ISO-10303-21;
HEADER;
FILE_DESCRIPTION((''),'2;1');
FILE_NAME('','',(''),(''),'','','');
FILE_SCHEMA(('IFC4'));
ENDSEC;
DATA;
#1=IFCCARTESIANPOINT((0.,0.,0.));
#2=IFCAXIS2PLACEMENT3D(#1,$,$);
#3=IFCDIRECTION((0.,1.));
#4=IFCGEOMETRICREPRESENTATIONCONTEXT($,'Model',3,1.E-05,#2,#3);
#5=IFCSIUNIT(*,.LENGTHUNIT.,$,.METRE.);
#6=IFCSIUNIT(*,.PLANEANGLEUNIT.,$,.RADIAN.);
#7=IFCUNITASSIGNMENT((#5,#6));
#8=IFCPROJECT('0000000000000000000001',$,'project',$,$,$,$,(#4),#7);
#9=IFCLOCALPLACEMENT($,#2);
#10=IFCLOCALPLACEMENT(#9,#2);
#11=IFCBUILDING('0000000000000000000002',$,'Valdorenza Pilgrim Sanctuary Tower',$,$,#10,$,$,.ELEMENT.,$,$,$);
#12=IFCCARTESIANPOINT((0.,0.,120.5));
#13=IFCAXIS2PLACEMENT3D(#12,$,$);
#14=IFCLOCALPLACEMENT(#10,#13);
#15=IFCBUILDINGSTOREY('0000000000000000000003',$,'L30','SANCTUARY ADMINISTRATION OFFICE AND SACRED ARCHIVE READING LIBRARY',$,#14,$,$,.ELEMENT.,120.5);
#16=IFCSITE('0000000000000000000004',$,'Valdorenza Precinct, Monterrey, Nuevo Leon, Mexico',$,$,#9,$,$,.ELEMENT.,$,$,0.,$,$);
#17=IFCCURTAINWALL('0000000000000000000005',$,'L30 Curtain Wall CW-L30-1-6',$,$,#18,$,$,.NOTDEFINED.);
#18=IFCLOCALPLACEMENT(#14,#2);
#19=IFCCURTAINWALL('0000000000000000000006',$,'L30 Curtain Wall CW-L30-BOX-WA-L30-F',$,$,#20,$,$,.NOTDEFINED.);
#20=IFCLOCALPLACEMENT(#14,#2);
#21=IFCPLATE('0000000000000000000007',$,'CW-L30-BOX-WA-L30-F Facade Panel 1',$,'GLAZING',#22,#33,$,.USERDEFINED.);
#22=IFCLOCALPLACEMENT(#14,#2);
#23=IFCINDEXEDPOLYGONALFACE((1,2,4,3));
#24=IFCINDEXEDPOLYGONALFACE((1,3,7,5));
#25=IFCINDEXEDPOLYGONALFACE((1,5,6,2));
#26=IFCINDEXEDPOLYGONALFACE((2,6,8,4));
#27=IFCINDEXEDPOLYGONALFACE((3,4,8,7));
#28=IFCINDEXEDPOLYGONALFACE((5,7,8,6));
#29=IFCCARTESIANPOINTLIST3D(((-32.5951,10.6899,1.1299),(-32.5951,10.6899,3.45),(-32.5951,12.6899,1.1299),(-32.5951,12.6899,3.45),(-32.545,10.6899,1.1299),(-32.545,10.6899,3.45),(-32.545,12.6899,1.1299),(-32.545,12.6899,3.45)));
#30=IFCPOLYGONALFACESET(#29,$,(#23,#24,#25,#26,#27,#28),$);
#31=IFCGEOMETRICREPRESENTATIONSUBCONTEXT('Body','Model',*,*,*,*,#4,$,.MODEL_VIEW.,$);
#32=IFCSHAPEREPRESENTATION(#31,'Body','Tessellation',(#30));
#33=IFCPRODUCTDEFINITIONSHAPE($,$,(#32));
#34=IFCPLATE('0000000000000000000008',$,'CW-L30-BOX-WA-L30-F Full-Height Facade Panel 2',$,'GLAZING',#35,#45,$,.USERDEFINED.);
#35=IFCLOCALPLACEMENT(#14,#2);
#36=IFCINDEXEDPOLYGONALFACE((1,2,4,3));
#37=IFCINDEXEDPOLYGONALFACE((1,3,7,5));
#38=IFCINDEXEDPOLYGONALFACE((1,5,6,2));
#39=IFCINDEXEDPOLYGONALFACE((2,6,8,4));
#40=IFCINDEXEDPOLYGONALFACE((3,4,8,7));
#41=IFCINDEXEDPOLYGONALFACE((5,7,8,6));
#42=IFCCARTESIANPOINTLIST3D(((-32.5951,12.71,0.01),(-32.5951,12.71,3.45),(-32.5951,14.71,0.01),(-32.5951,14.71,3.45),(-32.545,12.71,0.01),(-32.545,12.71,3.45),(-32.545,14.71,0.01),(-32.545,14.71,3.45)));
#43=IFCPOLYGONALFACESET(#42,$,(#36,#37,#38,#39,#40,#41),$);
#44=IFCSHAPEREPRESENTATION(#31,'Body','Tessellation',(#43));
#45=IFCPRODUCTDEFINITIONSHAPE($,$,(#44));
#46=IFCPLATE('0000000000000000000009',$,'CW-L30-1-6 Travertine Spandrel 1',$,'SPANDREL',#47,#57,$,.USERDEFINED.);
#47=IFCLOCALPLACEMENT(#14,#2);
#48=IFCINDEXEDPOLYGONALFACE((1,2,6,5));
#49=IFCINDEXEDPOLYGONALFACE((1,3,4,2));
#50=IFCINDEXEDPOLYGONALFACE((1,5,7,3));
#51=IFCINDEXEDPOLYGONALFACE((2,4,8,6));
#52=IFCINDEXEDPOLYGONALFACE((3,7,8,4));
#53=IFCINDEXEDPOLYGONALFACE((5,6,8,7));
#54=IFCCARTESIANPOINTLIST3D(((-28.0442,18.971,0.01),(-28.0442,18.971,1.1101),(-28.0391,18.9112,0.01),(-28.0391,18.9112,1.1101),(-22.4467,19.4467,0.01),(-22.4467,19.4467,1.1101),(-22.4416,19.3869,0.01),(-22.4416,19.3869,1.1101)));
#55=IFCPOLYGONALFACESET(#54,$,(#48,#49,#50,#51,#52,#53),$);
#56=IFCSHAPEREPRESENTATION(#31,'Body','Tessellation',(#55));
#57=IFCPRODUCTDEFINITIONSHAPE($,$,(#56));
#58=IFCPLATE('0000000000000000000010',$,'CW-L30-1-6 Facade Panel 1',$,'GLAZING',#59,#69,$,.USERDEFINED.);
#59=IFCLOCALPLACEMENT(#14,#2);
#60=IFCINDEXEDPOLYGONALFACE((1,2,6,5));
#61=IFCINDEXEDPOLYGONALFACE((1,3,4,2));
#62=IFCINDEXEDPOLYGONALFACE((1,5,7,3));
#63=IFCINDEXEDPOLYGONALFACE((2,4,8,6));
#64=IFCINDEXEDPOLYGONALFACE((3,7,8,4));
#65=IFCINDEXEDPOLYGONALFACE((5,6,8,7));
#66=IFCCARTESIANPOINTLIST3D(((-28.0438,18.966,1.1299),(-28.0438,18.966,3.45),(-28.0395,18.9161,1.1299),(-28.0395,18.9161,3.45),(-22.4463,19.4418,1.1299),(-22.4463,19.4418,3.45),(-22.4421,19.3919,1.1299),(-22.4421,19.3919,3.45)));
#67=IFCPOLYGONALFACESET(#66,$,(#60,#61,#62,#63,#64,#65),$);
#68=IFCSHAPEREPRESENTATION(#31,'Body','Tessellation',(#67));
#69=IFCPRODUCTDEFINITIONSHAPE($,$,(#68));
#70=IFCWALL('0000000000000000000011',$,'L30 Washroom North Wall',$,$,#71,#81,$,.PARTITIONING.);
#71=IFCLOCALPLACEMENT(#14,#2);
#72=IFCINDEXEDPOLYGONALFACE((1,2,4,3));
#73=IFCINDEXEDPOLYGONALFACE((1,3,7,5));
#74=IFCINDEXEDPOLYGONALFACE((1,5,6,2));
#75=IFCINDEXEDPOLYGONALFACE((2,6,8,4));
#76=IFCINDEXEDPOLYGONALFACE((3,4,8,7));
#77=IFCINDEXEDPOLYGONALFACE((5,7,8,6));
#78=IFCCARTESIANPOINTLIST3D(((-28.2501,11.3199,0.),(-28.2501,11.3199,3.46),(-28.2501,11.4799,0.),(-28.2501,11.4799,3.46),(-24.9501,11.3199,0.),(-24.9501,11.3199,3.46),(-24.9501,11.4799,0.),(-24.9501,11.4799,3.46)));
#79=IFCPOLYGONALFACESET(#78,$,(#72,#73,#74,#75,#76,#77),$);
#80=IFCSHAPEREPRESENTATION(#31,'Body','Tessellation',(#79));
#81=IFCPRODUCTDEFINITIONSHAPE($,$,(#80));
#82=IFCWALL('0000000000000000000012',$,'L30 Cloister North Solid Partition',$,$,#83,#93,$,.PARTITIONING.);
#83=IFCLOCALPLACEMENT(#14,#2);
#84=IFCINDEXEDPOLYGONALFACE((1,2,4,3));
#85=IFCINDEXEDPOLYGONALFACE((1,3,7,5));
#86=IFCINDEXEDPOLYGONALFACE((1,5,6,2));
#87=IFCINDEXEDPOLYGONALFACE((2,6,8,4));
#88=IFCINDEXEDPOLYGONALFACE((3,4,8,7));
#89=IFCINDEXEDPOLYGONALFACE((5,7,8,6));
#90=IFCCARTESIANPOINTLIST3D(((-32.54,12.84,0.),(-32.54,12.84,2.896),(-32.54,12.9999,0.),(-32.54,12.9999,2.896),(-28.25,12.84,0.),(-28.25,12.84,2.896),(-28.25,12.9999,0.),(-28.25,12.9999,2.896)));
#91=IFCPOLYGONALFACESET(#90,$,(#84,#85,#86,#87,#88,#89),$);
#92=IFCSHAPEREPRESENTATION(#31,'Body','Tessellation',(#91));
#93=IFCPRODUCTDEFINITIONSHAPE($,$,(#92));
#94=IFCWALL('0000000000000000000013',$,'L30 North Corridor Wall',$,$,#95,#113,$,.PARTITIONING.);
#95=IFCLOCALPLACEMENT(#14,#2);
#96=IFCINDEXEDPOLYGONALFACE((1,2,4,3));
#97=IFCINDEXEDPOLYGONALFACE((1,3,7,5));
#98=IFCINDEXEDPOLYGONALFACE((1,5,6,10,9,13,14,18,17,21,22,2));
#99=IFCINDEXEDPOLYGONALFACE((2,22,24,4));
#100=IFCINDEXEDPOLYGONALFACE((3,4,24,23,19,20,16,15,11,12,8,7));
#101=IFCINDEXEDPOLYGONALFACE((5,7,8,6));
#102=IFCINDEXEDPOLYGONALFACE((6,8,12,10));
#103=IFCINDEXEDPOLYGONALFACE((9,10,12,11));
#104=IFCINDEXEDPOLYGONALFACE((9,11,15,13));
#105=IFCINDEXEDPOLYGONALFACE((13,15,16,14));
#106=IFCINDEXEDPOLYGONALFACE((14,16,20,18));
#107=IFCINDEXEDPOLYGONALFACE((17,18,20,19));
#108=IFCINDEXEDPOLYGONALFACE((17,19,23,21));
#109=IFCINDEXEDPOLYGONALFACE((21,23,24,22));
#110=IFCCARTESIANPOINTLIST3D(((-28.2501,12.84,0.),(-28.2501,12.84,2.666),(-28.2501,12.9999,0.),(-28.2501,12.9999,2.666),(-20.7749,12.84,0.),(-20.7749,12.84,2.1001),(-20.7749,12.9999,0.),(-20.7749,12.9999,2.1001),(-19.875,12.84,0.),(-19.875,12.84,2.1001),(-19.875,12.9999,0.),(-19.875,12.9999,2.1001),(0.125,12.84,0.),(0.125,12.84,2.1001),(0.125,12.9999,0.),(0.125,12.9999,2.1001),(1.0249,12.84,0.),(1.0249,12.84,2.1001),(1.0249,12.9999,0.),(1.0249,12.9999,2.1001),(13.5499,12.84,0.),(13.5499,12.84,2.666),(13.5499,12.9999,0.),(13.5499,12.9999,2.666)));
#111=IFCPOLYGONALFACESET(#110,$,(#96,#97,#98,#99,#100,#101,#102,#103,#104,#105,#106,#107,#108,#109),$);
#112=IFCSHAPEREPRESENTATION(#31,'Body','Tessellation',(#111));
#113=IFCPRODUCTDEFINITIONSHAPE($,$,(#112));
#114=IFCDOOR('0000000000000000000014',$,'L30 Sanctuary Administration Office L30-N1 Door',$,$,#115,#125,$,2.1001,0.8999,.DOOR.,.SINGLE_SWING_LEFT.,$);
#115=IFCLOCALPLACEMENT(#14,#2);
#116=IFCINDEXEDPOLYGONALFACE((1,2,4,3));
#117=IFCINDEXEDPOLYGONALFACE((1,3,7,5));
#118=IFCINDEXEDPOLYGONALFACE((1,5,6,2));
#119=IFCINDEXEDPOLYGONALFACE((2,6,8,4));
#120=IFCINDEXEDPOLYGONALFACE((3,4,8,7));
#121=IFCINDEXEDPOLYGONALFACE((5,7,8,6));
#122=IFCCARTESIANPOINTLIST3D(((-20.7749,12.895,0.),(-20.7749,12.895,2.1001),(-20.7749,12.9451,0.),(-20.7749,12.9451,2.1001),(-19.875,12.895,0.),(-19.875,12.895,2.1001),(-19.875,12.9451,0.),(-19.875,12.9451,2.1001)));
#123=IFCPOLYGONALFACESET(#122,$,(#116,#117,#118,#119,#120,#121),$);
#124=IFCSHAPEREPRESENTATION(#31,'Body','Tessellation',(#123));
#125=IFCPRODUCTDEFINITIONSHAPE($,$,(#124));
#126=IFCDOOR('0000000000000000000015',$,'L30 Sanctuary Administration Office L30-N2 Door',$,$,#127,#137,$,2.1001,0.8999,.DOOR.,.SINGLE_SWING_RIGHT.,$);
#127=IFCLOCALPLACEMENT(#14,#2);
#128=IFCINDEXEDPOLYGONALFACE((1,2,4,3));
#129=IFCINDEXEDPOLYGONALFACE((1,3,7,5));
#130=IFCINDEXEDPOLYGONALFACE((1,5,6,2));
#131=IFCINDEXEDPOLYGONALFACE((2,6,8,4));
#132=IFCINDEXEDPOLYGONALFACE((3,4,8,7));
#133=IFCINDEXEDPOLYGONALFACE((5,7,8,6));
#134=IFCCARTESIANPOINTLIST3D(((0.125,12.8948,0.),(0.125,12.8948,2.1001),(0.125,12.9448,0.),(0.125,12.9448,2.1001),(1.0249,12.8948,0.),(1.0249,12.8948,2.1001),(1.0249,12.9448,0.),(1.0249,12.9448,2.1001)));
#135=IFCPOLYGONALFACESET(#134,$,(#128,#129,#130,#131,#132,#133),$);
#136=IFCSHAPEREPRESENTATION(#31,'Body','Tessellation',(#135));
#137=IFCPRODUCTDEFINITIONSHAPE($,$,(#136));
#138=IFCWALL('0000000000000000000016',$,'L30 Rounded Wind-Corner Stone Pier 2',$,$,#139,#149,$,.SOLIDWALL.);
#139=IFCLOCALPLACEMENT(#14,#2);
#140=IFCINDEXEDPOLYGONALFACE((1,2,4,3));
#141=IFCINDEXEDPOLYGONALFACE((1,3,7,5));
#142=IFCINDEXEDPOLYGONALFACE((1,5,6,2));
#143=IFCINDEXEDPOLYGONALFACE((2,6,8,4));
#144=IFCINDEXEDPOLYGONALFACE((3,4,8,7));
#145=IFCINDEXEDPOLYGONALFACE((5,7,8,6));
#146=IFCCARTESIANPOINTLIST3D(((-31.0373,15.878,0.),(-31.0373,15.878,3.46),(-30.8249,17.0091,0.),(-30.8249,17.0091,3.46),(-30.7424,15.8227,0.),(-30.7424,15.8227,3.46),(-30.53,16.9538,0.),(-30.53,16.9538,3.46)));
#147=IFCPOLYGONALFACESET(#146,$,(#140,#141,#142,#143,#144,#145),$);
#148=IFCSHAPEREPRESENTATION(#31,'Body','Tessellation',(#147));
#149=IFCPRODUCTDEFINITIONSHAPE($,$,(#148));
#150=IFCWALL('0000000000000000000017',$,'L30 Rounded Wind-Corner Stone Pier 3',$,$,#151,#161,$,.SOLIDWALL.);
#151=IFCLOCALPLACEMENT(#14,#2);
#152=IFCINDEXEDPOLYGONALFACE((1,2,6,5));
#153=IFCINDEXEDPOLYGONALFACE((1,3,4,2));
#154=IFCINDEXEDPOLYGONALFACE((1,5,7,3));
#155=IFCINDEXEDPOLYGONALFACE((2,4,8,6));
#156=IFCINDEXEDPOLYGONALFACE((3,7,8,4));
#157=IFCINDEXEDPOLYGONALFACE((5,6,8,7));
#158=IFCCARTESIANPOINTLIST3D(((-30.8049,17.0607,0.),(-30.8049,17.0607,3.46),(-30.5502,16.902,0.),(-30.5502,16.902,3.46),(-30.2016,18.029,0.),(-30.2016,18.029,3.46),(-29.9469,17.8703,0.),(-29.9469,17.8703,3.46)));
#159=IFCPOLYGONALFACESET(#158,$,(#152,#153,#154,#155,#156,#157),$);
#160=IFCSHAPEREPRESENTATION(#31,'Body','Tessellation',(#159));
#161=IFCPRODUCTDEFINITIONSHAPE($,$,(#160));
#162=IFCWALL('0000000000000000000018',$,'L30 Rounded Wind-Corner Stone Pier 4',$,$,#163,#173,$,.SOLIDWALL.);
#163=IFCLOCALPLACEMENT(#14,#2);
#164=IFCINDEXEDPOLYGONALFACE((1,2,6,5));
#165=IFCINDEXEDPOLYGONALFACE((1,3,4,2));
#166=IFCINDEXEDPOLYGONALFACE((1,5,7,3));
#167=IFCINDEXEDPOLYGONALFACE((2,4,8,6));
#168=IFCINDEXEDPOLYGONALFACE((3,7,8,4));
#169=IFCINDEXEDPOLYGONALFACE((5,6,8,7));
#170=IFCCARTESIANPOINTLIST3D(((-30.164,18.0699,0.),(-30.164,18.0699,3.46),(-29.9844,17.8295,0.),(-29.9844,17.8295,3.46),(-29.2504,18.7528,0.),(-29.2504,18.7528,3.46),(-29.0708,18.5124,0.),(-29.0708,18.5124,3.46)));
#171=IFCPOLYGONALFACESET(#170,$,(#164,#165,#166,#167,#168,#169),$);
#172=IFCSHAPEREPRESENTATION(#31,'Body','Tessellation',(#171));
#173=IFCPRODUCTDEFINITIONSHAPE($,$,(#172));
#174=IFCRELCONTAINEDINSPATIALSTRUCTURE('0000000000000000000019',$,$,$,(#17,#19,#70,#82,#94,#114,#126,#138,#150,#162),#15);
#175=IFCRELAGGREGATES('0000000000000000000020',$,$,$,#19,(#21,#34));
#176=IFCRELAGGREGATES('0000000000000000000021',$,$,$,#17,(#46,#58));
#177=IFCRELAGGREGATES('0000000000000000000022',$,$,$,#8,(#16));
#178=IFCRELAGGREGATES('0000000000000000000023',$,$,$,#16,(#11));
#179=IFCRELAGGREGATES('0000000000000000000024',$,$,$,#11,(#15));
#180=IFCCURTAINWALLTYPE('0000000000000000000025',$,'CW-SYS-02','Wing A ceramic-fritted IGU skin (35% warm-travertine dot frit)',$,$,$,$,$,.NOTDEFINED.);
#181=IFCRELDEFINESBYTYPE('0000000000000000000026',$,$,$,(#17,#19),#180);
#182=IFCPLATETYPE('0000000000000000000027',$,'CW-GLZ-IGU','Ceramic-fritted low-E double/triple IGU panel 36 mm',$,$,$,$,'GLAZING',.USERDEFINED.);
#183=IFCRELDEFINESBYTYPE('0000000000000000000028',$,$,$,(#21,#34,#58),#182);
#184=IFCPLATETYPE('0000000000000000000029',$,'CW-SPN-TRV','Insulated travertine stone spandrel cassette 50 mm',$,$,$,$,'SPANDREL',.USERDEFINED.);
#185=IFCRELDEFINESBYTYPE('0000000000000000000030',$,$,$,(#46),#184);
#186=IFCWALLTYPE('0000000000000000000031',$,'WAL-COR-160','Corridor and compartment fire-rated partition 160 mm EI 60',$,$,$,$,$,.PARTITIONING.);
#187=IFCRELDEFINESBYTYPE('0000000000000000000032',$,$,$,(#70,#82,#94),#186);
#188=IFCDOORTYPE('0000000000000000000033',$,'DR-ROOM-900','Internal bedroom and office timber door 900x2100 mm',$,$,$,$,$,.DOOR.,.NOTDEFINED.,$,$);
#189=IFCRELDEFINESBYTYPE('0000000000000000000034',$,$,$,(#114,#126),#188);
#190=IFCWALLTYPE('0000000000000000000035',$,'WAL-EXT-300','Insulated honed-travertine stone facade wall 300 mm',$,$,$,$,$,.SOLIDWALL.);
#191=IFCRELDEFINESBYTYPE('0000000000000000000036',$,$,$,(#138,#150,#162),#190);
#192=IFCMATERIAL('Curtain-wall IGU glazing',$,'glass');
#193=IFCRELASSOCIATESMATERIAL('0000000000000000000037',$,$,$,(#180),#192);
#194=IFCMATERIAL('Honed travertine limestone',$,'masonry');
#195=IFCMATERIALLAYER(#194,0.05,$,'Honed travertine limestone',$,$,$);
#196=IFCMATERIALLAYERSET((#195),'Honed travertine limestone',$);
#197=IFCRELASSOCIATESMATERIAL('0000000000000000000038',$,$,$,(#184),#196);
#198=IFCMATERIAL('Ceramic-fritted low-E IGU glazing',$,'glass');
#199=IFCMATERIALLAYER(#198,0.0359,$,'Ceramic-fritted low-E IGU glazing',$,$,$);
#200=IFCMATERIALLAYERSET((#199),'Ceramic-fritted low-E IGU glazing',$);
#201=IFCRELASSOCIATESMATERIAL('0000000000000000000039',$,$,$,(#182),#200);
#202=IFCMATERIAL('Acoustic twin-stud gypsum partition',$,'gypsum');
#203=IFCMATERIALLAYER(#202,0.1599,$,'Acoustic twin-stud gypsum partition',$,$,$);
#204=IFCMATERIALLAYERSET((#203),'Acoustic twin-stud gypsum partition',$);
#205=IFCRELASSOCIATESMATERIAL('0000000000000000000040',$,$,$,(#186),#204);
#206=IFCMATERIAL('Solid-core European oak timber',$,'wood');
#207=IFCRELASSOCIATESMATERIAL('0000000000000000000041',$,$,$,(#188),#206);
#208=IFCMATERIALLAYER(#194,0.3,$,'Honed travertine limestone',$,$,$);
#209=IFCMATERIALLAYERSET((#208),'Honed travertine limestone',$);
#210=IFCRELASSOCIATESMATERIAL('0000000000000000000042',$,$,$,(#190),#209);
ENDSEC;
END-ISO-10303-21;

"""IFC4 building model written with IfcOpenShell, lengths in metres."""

from ifc_helpers import new_model, si_unit, direction, frame, frame_2d, origin, origin_2d, place, context, subcontext, project, spatial, rectangle, extrude, source, transform, mapped, material, layer, layer_set, type_object, element, fill, aggregate, save


model = new_model("IFC4")

# Units and contexts
model_context = context("Model", 3, precision=1e-05, world=origin(), true_north=direction((0.0, 1.0)))
body_context = subcontext(model_context, "Body", "Model", "MODEL_VIEW")
ifc_project = project(units=[si_unit("LENGTHUNIT", "METRE"), si_unit("PLANEANGLEUNIT", "RADIAN")], contexts=[model_context])

# Site, building, storey
site_placement = place(None, origin())
site = spatial("IfcSite", under=ifc_project, at=site_placement, Name="Valdorenza Precinct, Monterrey, Nuevo Leon, Mexico", CompositionType="ELEMENT", RefElevation=0.0)
building_placement = place(site_placement, origin())
building = spatial("IfcBuilding", under=site, at=building_placement, Name="Valdorenza Pilgrim Sanctuary Tower", CompositionType="ELEMENT")
storey_placement = place(building_placement, frame((0.0, 0.0, 120.5)))
storey = spatial("IfcBuildingStorey", under=building, at=storey_placement, Name="L30", Description="SANCTUARY ADMINISTRATION OFFICE AND SACRED ARCHIVE READING LIBRARY", CompositionType="ELEMENT", Elevation=120.5)

# Curtain wall
ifc_material_1 = material(Name="Curtain-wall IGU glazing", Category="glass")
curtain_wall_type = type_object("IfcCurtainWallType", Name="CW-SYS-02", Description="Wing A ceramic-fritted IGU skin (35% warm-travertine dot frit)", PredefinedType="NOTDEFINED", material=ifc_material_1)
curtain_wall_1_placement = place(storey_placement, origin())
curtain_wall_1 = element("IfcCurtainWall", 1, at=curtain_wall_1_placement, inside=storey, type_object=curtain_wall_type, Name="L30 Curtain Wall CW-L30-1-6", PredefinedType="NOTDEFINED")

# Curtain wall
curtain_wall_2_placement = place(storey_placement, origin())
curtain_wall_2 = element("IfcCurtainWall", 2, at=curtain_wall_2_placement, inside=storey, type_object=curtain_wall_type, Name="L30 Curtain Wall CW-L30-BOX-WA-L30-F", PredefinedType="NOTDEFINED")

# Plates
ifc_material_2 = material(Name="Honed travertine limestone", Category="masonry")
ifc_layer_1 = layer(ifc_material_2, 0.05, Name="Honed travertine limestone")
ifc_layer_set_1 = layer_set([ifc_layer_1], Name="Honed travertine limestone")
plate_type_1 = type_object("IfcPlateType", Name="CW-SPN-TRV", Description="Insulated travertine stone spandrel cassette 50 mm", ElementType="SPANDREL", PredefinedType="USERDEFINED", material=ifc_layer_set_1)
ifc_material_3 = material(Name="Ceramic-fritted low-E IGU glazing", Category="glass")
ifc_layer_2 = layer(ifc_material_3, 0.0359, Name="Ceramic-fritted low-E IGU glazing")
ifc_layer_set_2 = layer_set([ifc_layer_2], Name="Ceramic-fritted low-E IGU glazing")
plate_type_2 = type_object("IfcPlateType", Name="CW-GLZ-IGU", Description="Ceramic-fritted low-E double/triple IGU panel 36 mm", ElementType="GLAZING", PredefinedType="USERDEFINED", material=ifc_layer_set_2)
shared_shape_1 = source(origin(), body_context, "Body", "SweptSolid", [
    extrude(rectangle(XDim=2.0, YDim=0.05, at=origin_2d()), origin(), (0.0, 0.0, 1.0), 2.3201),
])
plate_1_placement = place(storey_placement, frame((-32.5701, 11.6899, 1.1299), z_axis=(0.0, 0.0, 1.0), x_axis=(0.0, 1.0, 0.0)))
plate_1 = element("IfcPlate", 3, at=plate_1_placement, type_object=plate_type_2, Name="CW-L30-BOX-WA-L30-F Facade Panel 1", ObjectType="GLAZING", PredefinedType="USERDEFINED", context=body_context, shape_type="MappedRepresentation", body=[
    mapped(shared_shape_1, transform((0.0, 0.0, 0.0), x_axis=(1.0, 0.0, 0.0), y_axis=(0.0, 1.0, 0.0), z_axis=(0.0, 0.0, 1.0), scale=1.0)),
])
shared_shape_2 = source(origin(), body_context, "Body", "SweptSolid", [
    extrude(rectangle(XDim=2.0, YDim=0.05, at=origin_2d()), origin(), (0.0, 0.0, 1.0), 3.4399),
])
plate_2_placement = place(storey_placement, frame((-32.5701, 13.71, 0.01), z_axis=(0.0, 0.0, 1.0), x_axis=(0.0, 1.0, 0.0)))
plate_2 = element("IfcPlate", 4, at=plate_2_placement, type_object=plate_type_2, Name="CW-L30-BOX-WA-L30-F Full-Height Facade Panel 2", ObjectType="GLAZING", PredefinedType="USERDEFINED", context=body_context, shape_type="MappedRepresentation", body=[
    mapped(shared_shape_2, transform((0.0, 0.0, 0.0), x_axis=(1.0, 0.0, 0.0), y_axis=(0.0, 1.0, 0.0), z_axis=(0.0, 0.0, 1.0), scale=1.0)),
])
aggregate(curtain_wall_2, [plate_1, plate_2])
shared_shape_3 = source(origin(), body_context, "Body", "SweptSolid", [
    extrude(rectangle(XDim=5.6177, YDim=0.0601, at=origin_2d()), origin(), (0.0, 0.0, 1.0), 1.1001),
])
plate_3_placement = place(storey_placement, frame((-25.2429, 19.179, 0.01), z_axis=(0.0, 0.0, 1.0), x_axis=(0.996408, 0.084687, 0.0)))
plate_3 = element("IfcPlate", 5, at=plate_3_placement, type_object=plate_type_1, Name="CW-L30-1-6 Travertine Spandrel 1", ObjectType="SPANDREL", PredefinedType="USERDEFINED", context=body_context, shape_type="MappedRepresentation", body=[
    mapped(shared_shape_3, transform((0.0, 0.0, 0.0), x_axis=(1.0, 0.0, 0.0), y_axis=(0.0, 1.0, 0.0), z_axis=(0.0, 0.0, 1.0), scale=1.0)),
])
shared_shape_4 = source(origin(), body_context, "Body", "SweptSolid", [
    extrude(rectangle(XDim=5.6177, YDim=0.05, at=origin_2d()), origin(), (0.0, 0.0, 1.0), 2.3201),
])
plate_4_placement = place(storey_placement, frame((-25.2429, 19.179, 1.1299), z_axis=(0.0, 0.0, 1.0), x_axis=(0.996408, 0.084687, 0.0)))
plate_4 = element("IfcPlate", 6, at=plate_4_placement, type_object=plate_type_2, Name="CW-L30-1-6 Facade Panel 1", ObjectType="GLAZING", PredefinedType="USERDEFINED", context=body_context, shape_type="MappedRepresentation", body=[
    mapped(shared_shape_4, transform((0.0, 0.0, 0.0), x_axis=(1.0, 0.0, 0.0), y_axis=(0.0, 1.0, 0.0), z_axis=(0.0, 0.0, 1.0), scale=1.0)),
])
aggregate(curtain_wall_1, [plate_3, plate_4])

# Walls
ifc_material_4 = material(Name="Acoustic twin-stud gypsum partition", Category="gypsum")
ifc_layer_3 = layer(ifc_material_4, 0.1599, Name="Acoustic twin-stud gypsum partition")
ifc_layer_set_3 = layer_set([ifc_layer_3], Name="Acoustic twin-stud gypsum partition")
wall_type_1 = type_object("IfcWallType", Name="WAL-COR-160", Description="Corridor and compartment fire-rated partition 160 mm EI 60", PredefinedType="PARTITIONING", material=ifc_layer_set_3)
wall_1_placement = place(storey_placement, frame((-28.25, 11.3999, 0.0), z_axis=(0.0, 0.0, 1.0), x_axis=(1.0, 0.0, 0.0)))
element("IfcWall", 7, at=wall_1_placement, inside=storey, type_object=wall_type_1, Name="L30 Washroom North Wall", PredefinedType="PARTITIONING", context=body_context, shape_type="SweptSolid", body=[
    extrude(rectangle(XDim=3.3, YDim=0.1599, at=frame_2d((1.6499, 0.0))), origin(), (0.0, 0.0, 1.0), 3.46),
])
wall_2_placement = place(storey_placement, frame((-32.54, 12.9199, 0.0), z_axis=(0.0, 0.0, 1.0), x_axis=(1.0, 0.0, 0.0)))
element("IfcWall", 8, at=wall_2_placement, inside=storey, type_object=wall_type_1, Name="L30 Cloister North Solid Partition", PredefinedType="PARTITIONING", context=body_context, shape_type="SweptSolid", body=[
    extrude(rectangle(XDim=4.29, YDim=0.1599, at=frame_2d((2.145, 0.0))), origin(), (0.0, 0.0, 1.0), 2.896),
])

# Wall, openings, doors
wall_3_placement = place(storey_placement, frame((-28.25, 12.9199, 0.0), z_axis=(0.0, 0.0, 1.0), x_axis=(1.0, 0.0, 0.0)))
wall_3 = element("IfcWall", 9, at=wall_3_placement, inside=storey, type_object=wall_type_1, Name="L30 North Corridor Wall", PredefinedType="PARTITIONING", context=body_context, shape_type="SweptSolid", body=[
    extrude(rectangle(XDim=41.8, YDim=0.1599, at=frame_2d((20.8999, 0.0))), origin(), (0.0, 0.0, 1.0), 2.666),
])
opening_1_placement = place(wall_3_placement, frame((7.4751, 0.0, 0.0)))
opening_1 = element("IfcOpeningElement", 10, at=opening_1_placement, cuts=wall_3, PredefinedType="OPENING", context=body_context, shape_type="SweptSolid", body=[
    extrude(rectangle(XDim=0.8999, YDim=2.1001, at=frame_2d((0.45, 1.05))), frame((0.0, 0.0947, 0.0), z_axis=(0.0, -1.0, 0.0), x_axis=(1.0, 0.0, 0.0)), (0.0, 0.0, 1.0), 0.1897),
])
opening_2_placement = place(wall_3_placement, frame((28.375, 0.0, 0.0)))
opening_2 = element("IfcOpeningElement", 11, at=opening_2_placement, cuts=wall_3, PredefinedType="OPENING", context=body_context, shape_type="SweptSolid", body=[
    extrude(rectangle(XDim=0.8999, YDim=2.1001, at=frame_2d((0.45, 1.05))), frame((0.0, 0.0947, 0.0), z_axis=(0.0, -1.0, 0.0), x_axis=(1.0, 0.0, 0.0)), (0.0, 0.0, 1.0), 0.1897),
])
ifc_material_5 = material(Name="Solid-core European oak timber", Category="wood")
door_type = type_object("IfcDoorType", Name="DR-ROOM-900", Description="Internal bedroom and office timber door 900x2100 mm", OperationType="NOTDEFINED", PredefinedType="DOOR", material=ifc_material_5)
door_1_placement = place(opening_1_placement, frame((0.8999, 0.0, 0.0), z_axis=(0.0, 0.0, 1.0), x_axis=(-1.0, 0.0, 0.0)))
door_1 = element("IfcDoor", 12, at=door_1_placement, inside=storey, type_object=door_type, Name="L30 Sanctuary Administration Office L30-N1 Door", OperationType="SINGLE_SWING_LEFT", OverallHeight=2.1001, OverallWidth=0.8999, PredefinedType="DOOR", context=body_context, shape_type="SweptSolid", body=[
    extrude(rectangle(XDim=0.8999, YDim=2.1001, at=frame_2d((0.45, 1.05))), frame((0.0, 0.0249, 0.0), z_axis=(0.0, -1.0, 0.0), x_axis=(1.0, 0.0, 0.0)), (0.0, 0.0, 1.0), 0.05),
])
fill(opening_1, door_1)
door_2_placement = place(opening_2_placement, origin())
door_2 = element("IfcDoor", 13, at=door_2_placement, inside=storey, type_object=door_type, Name="L30 Sanctuary Administration Office L30-N2 Door", OperationType="SINGLE_SWING_RIGHT", OverallHeight=2.1001, OverallWidth=0.8999, PredefinedType="DOOR", context=body_context, shape_type="SweptSolid", body=[
    extrude(rectangle(XDim=0.8999, YDim=2.1001, at=frame_2d((0.45, 1.05))), frame((0.0, 0.0249, 0.0), z_axis=(0.0, -1.0, 0.0), x_axis=(1.0, 0.0, 0.0)), (0.0, 0.0, 1.0), 0.05),
])
fill(opening_2, door_2)

# Walls
ifc_layer_4 = layer(ifc_material_2, 0.3, Name="Honed travertine limestone")
ifc_layer_set_4 = layer_set([ifc_layer_4], Name="Honed travertine limestone")
wall_type_2 = type_object("IfcWallType", Name="WAL-EXT-300", Description="Insulated honed-travertine stone facade wall 300 mm", PredefinedType="SOLIDWALL", material=ifc_layer_set_4)
wall_4_placement = place(storey_placement, frame((-30.8899, 15.8503, 0.0), z_axis=(0.0, 0.0, 1.0), x_axis=(0.184557, 0.982822, 0.0)))
element("IfcWall", 14, at=wall_4_placement, inside=storey, type_object=wall_type_2, Name="L30 Rounded Wind-Corner Stone Pier 2", PredefinedType="SOLIDWALL", context=body_context, shape_type="SweptSolid", body=[
    extrude(rectangle(XDim=1.1509, YDim=0.3, at=frame_2d((0.5754, 0.0))), origin(), (0.0, 0.0, 1.0), 3.46),
])
wall_5_placement = place(storey_placement, frame((-30.6775, 16.9814, 0.0), z_axis=(0.0, 0.0, 1.0), x_axis=(0.528806, 0.848743, 0.0)))
element("IfcWall", 15, at=wall_5_placement, inside=storey, type_object=wall_type_2, Name="L30 Rounded Wind-Corner Stone Pier 3", PredefinedType="SOLIDWALL", context=body_context, shape_type="SweptSolid", body=[
    extrude(rectangle(XDim=1.1409, YDim=0.3, at=frame_2d((0.5703, 0.0))), origin(), (0.0, 0.0, 1.0), 3.46),
])
wall_6_placement = place(storey_placement, frame((-30.0742, 17.9497, 0.0), z_axis=(0.0, 0.0, 1.0), x_axis=(0.800975, 0.598698, 0.0)))
element("IfcWall", 16, at=wall_6_placement, inside=storey, type_object=wall_type_2, Name="L30 Rounded Wind-Corner Stone Pier 4", PredefinedType="SOLIDWALL", context=body_context, shape_type="SweptSolid", body=[
    extrude(rectangle(XDim=1.1406, YDim=0.3, at=frame_2d((0.5703, 0.0))), origin(), (0.0, 0.0, 1.0), 3.46),
])

save(model, "model.ifc")
